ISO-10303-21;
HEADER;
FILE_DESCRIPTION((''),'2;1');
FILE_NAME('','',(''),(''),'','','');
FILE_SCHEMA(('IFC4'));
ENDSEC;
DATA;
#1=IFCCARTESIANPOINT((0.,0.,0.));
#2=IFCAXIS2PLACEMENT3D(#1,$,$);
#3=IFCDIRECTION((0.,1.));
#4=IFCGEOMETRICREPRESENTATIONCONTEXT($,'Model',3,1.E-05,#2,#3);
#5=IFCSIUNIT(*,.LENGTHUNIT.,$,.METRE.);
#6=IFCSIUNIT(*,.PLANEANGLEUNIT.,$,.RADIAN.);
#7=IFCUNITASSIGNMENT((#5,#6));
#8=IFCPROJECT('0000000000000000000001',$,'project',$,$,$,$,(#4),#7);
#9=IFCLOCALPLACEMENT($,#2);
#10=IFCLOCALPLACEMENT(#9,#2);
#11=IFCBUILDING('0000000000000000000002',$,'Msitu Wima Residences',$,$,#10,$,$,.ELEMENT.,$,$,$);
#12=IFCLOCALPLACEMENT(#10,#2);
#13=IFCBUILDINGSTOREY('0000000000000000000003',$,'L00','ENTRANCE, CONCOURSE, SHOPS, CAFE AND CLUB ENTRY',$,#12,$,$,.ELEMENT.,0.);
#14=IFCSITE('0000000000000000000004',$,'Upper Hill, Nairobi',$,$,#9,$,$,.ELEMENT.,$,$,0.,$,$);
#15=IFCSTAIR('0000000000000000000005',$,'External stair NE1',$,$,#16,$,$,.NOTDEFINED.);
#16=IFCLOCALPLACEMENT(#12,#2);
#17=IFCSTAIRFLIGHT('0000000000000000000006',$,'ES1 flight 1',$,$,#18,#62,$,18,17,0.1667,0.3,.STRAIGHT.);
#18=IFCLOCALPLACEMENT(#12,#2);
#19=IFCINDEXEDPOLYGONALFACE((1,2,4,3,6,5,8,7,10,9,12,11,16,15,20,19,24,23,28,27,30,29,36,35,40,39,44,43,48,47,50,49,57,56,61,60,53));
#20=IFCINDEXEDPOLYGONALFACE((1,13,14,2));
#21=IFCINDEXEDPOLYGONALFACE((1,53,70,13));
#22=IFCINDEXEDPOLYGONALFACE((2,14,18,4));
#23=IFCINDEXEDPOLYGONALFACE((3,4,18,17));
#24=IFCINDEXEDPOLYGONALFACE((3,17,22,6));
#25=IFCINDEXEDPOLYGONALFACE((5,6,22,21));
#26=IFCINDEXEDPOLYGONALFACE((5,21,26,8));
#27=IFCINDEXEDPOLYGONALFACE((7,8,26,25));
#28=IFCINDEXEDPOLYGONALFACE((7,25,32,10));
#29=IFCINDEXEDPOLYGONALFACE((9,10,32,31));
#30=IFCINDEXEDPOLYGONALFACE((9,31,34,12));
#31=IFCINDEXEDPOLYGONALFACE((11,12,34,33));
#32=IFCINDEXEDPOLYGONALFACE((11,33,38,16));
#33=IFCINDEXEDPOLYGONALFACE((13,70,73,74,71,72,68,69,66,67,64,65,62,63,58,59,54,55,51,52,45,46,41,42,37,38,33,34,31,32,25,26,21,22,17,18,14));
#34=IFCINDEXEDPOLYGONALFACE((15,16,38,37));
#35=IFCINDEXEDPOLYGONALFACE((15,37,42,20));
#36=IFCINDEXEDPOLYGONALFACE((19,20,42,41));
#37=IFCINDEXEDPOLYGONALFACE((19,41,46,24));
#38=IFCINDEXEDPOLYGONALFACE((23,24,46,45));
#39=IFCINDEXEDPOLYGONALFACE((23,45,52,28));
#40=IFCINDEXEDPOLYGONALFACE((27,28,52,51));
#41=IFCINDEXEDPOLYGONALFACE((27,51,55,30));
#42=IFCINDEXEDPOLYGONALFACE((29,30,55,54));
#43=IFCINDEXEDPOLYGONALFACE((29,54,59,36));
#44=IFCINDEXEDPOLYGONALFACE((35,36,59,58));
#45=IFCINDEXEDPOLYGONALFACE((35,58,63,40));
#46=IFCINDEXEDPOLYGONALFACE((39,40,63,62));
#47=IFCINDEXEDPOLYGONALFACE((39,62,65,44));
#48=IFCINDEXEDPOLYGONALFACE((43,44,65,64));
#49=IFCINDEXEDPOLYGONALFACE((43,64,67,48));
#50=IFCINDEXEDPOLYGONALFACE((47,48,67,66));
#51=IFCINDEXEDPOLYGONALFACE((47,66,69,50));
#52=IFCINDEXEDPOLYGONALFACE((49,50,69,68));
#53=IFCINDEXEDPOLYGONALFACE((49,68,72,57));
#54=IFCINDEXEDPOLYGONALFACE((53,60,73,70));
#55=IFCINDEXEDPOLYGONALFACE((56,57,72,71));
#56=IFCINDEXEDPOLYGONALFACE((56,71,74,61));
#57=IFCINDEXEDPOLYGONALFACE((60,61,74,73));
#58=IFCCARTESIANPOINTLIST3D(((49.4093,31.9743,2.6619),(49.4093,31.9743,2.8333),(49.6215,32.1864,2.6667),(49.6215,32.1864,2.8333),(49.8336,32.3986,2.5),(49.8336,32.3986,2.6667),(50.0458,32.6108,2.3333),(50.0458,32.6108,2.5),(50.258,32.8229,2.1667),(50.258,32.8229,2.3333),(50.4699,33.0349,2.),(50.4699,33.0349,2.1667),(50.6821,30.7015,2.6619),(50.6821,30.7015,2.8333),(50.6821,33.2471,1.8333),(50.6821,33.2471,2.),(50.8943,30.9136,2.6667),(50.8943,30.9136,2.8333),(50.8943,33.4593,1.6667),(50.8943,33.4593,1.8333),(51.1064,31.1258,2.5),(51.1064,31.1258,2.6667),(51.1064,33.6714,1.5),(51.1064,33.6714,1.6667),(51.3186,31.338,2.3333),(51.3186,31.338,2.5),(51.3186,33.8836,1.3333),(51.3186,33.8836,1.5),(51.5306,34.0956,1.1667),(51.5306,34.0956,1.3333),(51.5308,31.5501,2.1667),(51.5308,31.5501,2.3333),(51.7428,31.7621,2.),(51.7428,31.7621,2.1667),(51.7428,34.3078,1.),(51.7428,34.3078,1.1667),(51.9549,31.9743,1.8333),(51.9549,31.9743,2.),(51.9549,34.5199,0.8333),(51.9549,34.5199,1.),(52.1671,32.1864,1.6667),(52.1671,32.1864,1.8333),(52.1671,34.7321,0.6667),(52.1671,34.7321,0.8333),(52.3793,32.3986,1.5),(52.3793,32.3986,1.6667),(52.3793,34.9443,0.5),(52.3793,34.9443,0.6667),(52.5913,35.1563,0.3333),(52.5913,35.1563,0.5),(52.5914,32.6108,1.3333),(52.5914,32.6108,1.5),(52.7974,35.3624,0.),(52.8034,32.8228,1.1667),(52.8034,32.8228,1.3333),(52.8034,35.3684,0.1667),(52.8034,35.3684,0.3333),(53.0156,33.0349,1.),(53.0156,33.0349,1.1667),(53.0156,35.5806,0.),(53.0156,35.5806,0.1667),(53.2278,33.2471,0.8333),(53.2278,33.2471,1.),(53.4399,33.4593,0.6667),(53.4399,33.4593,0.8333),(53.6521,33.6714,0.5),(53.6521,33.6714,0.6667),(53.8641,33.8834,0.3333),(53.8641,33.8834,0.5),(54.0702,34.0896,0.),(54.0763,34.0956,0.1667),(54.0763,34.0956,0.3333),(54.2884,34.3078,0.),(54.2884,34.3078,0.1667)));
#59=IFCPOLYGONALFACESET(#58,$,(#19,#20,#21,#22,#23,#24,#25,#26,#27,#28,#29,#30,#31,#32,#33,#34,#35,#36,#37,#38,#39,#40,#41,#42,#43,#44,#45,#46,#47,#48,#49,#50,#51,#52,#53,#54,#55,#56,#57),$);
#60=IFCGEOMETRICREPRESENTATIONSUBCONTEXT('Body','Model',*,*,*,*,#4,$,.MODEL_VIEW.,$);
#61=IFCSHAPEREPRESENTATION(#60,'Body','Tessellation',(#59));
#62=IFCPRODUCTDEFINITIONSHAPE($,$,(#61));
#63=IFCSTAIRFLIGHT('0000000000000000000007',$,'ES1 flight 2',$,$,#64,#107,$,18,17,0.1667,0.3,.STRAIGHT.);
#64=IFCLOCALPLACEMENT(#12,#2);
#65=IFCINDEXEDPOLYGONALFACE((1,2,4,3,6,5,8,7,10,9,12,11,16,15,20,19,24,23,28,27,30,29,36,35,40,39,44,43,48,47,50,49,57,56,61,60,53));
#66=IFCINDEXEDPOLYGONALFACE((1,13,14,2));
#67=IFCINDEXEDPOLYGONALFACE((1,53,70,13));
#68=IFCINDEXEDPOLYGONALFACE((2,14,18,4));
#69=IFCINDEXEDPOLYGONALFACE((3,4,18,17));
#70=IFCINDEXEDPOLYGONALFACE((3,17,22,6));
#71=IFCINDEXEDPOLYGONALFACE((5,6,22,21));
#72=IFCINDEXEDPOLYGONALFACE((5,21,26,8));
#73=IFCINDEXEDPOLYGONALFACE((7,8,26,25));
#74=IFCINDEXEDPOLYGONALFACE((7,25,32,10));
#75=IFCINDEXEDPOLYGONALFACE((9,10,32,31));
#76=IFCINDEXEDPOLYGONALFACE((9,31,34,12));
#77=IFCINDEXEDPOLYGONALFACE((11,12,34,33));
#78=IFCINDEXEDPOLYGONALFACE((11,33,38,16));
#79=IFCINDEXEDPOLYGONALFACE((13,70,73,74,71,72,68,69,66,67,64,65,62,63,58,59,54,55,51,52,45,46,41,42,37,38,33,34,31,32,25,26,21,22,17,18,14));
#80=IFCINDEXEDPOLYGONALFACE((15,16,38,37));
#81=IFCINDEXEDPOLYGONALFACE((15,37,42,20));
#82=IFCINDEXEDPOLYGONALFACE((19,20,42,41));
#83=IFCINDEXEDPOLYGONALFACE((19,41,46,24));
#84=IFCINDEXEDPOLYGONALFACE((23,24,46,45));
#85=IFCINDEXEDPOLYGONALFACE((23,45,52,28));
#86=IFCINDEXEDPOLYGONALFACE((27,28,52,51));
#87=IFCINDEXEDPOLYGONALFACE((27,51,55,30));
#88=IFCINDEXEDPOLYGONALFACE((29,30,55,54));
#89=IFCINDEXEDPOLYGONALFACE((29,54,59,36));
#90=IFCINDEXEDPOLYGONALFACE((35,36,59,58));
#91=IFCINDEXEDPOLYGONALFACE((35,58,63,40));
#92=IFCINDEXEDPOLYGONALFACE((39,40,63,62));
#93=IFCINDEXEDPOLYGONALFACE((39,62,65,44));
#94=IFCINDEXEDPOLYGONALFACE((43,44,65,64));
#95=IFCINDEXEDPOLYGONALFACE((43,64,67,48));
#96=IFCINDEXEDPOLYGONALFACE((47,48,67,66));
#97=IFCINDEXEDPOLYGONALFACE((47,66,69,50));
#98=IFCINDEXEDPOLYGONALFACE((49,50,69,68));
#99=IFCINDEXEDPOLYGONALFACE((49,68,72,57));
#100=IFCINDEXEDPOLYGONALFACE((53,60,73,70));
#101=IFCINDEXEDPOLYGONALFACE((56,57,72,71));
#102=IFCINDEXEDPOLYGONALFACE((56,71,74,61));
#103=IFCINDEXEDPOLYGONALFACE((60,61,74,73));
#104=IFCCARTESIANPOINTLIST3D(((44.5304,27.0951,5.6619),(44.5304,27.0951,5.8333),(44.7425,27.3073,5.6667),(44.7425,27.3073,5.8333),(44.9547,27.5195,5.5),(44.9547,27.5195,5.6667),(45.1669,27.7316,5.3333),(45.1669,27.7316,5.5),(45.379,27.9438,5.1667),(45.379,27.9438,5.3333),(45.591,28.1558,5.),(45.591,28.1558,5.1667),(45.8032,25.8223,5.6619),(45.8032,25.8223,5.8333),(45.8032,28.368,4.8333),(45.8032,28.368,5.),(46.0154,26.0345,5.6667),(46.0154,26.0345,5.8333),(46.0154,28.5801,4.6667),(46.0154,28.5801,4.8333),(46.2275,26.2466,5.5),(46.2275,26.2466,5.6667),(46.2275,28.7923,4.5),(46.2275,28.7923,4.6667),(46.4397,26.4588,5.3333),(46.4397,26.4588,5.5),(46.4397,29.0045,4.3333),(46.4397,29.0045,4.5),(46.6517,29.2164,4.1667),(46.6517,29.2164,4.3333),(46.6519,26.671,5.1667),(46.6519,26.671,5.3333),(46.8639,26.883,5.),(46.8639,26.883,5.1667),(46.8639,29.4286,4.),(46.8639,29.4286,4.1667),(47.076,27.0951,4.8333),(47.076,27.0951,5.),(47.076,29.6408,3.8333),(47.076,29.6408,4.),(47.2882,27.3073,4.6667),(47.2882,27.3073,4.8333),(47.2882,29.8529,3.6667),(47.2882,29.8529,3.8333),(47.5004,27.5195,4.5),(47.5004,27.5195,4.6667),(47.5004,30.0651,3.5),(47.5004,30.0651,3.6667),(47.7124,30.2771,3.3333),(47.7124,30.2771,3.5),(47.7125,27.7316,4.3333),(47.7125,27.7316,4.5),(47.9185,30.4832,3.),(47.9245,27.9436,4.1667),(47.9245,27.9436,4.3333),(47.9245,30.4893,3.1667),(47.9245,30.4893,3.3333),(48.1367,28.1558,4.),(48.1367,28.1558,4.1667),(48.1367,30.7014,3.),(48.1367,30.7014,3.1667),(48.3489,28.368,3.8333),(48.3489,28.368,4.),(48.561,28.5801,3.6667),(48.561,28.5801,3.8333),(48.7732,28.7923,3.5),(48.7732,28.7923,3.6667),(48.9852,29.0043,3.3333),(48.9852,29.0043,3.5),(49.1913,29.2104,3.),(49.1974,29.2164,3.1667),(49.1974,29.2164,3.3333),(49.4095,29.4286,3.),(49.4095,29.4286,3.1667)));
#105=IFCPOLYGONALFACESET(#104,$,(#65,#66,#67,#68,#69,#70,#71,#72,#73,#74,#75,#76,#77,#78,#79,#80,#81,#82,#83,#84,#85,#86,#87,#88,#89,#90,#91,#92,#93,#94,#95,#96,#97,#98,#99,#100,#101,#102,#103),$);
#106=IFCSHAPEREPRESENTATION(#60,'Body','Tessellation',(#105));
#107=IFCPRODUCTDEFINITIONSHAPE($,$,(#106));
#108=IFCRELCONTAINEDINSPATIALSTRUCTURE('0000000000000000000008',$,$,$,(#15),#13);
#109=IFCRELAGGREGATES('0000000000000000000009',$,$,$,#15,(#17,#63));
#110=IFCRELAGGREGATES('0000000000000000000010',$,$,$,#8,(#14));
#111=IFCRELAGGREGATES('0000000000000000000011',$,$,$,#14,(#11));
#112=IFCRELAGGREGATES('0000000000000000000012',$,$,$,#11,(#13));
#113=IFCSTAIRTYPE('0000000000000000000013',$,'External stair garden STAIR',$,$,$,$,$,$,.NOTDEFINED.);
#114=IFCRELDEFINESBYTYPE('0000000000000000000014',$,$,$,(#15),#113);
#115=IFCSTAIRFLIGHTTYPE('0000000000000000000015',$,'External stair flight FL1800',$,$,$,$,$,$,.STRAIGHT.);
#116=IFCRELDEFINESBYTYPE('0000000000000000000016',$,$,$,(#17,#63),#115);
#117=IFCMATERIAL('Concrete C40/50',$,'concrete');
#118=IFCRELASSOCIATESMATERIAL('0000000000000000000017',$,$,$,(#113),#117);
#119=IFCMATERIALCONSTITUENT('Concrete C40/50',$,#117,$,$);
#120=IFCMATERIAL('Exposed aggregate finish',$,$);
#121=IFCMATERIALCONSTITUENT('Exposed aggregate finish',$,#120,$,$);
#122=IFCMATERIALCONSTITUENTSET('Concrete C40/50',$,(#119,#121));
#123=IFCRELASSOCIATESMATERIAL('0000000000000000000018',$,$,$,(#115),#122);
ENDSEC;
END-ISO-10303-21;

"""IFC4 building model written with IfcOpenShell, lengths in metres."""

from ifc_helpers import new_model, si_unit, direction, frame, origin, place, context, subcontext, project, spatial, polyline, outline, extrude, material, constituent, constituent_set, type_object, element, aggregate, save


model = new_model("IFC4")

# Units and contexts
model_context = context("Model", 3, precision=1e-05, world=origin(), true_north=direction((0.0, 1.0)))
body_context = subcontext(model_context, "Body", "Model", "MODEL_VIEW")
ifc_project = project(units=[si_unit("LENGTHUNIT", "METRE"), si_unit("PLANEANGLEUNIT", "RADIAN")], contexts=[model_context])

# Site, building, storey
site_placement = place(None, origin())
site = spatial("IfcSite", under=ifc_project, at=site_placement, Name="Upper Hill, Nairobi", CompositionType="ELEMENT", RefElevation=0.0)
building_placement = place(site_placement, origin())
building = spatial("IfcBuilding", under=site, at=building_placement, Name="Msitu Wima Residences", CompositionType="ELEMENT")
storey_placement = place(building_placement, origin())
storey = spatial("IfcBuildingStorey", under=building, at=storey_placement, Name="L00", Description="ENTRANCE, CONCOURSE, SHOPS, CAFE AND CLUB ENTRY", CompositionType="ELEMENT", Elevation=0.0)

# Shared definitions
ifc_material_1 = material(Name="Concrete C40/50", Category="concrete")

# Stair, stair flights
stair_type = type_object("IfcStairType", Name="External stair garden STAIR", PredefinedType="NOTDEFINED", material=ifc_material_1)
stair_placement = place(storey_placement, origin())
stair = element("IfcStair", 1, at=stair_placement, inside=storey, type_object=stair_type, Name="External stair NE1", PredefinedType="NOTDEFINED")
ifc_constituent_1 = constituent(ifc_material_1, Name="Concrete C40/50")
ifc_material_2 = material(Name="Exposed aggregate finish")
ifc_constituent_2 = constituent(ifc_material_2, Name="Exposed aggregate finish")
ifc_constituent_set_1 = constituent_set(constituents=[ifc_constituent_1, ifc_constituent_2], Name="Concrete C40/50")
stair_flight_type = type_object("IfcStairFlightType", Name="External stair flight FL1800", PredefinedType="STRAIGHT", material=ifc_constituent_set_1)
stair_flight_1_placement = place(storey_placement, frame((53.6521, 34.9441, 0.0), z_axis=(0.0, 0.0, 1.0), x_axis=(-0.707107, -0.707107, 0.0)))
stair_flight_1 = element("IfcStairFlight", 2, at=stair_flight_1_placement, type_object=stair_flight_type, Name="ES1 flight 1", NumberOfRisers=18, NumberOfTreads=17, PredefinedType="STRAIGHT", RiserHeight=0.1667, TreadLength=0.3, context=body_context, shape_type="SweptSolid", body=[
    extrude(outline(polyline([(0.0, 0.0), (0.0, 0.1667), (0.3, 0.1667), (0.3, 0.3333), (0.6001, 0.3333), (0.6001, 0.5), (0.8999, 0.5), (0.8999, 0.6667), (1.2, 0.6667), (1.2, 0.8333), (1.5, 0.8333), (1.5, 1.0), (1.8, 1.0), (1.8, 1.1667), (2.1001, 1.1667), (2.1001, 1.3333), (2.3999, 1.3333), (2.3999, 1.5), (2.7, 1.5), (2.7, 1.6667), (3.0, 1.6667), (3.0, 1.8333), (3.3, 1.8333), (3.3, 2.0), (3.6001, 2.0), (3.6001, 2.1667), (3.8999, 2.1667), (3.8999, 2.3333), (4.2, 2.3333), (4.2, 2.5), (4.5, 2.5), (4.5, 2.6667), (4.8, 2.6667), (4.8, 2.8333), (5.1001, 2.8333), (5.1001, 3.0), (5.1001, 2.6619), (0.3086, 0.0), (0.0, 0.0)])), frame((0.0, 0.8999, 0.0), z_axis=(0.0, -1.0, 0.0), x_axis=(1.0, 0.0, 0.0)), (0.0, 0.0, 1.0), 1.8),
])
stair_flight_2_placement = place(storey_placement, frame((48.7732, 30.0649, 3.0), z_axis=(0.0, 0.0, 1.0), x_axis=(-0.707107, -0.707107, 0.0)))
stair_flight_2 = element("IfcStairFlight", 3, at=stair_flight_2_placement, type_object=stair_flight_type, Name="ES1 flight 2", NumberOfRisers=18, NumberOfTreads=17, PredefinedType="STRAIGHT", RiserHeight=0.1667, TreadLength=0.3, context=body_context, shape_type="SweptSolid", body=[
    extrude(outline(polyline([(0.0, 0.0), (0.0, 0.1667), (0.3, 0.1667), (0.3, 0.3333), (0.6001, 0.3333), (0.6001, 0.5), (0.8999, 0.5), (0.8999, 0.6667), (1.2, 0.6667), (1.2, 0.8333), (1.5, 0.8333), (1.5, 1.0), (1.8, 1.0), (1.8, 1.1667), (2.1001, 1.1667), (2.1001, 1.3333), (2.3999, 1.3333), (2.3999, 1.5), (2.7, 1.5), (2.7, 1.6667), (3.0, 1.6667), (3.0, 1.8333), (3.3, 1.8333), (3.3, 2.0), (3.6001, 2.0), (3.6001, 2.1667), (3.8999, 2.1667), (3.8999, 2.3333), (4.2, 2.3333), (4.2, 2.5), (4.5, 2.5), (4.5, 2.6667), (4.8, 2.6667), (4.8, 2.8333), (5.1001, 2.8333), (5.1001, 3.0), (5.1001, 2.6619), (0.3086, 0.0), (0.0, 0.0)])), frame((0.0, 0.8999, 0.0), z_axis=(0.0, -1.0, 0.0), x_axis=(1.0, 0.0, 0.0)), (0.0, 0.0, 1.0), 1.8),
])
aggregate(stair, [stair_flight_1, stair_flight_2])

save(model, "model.ifc")
